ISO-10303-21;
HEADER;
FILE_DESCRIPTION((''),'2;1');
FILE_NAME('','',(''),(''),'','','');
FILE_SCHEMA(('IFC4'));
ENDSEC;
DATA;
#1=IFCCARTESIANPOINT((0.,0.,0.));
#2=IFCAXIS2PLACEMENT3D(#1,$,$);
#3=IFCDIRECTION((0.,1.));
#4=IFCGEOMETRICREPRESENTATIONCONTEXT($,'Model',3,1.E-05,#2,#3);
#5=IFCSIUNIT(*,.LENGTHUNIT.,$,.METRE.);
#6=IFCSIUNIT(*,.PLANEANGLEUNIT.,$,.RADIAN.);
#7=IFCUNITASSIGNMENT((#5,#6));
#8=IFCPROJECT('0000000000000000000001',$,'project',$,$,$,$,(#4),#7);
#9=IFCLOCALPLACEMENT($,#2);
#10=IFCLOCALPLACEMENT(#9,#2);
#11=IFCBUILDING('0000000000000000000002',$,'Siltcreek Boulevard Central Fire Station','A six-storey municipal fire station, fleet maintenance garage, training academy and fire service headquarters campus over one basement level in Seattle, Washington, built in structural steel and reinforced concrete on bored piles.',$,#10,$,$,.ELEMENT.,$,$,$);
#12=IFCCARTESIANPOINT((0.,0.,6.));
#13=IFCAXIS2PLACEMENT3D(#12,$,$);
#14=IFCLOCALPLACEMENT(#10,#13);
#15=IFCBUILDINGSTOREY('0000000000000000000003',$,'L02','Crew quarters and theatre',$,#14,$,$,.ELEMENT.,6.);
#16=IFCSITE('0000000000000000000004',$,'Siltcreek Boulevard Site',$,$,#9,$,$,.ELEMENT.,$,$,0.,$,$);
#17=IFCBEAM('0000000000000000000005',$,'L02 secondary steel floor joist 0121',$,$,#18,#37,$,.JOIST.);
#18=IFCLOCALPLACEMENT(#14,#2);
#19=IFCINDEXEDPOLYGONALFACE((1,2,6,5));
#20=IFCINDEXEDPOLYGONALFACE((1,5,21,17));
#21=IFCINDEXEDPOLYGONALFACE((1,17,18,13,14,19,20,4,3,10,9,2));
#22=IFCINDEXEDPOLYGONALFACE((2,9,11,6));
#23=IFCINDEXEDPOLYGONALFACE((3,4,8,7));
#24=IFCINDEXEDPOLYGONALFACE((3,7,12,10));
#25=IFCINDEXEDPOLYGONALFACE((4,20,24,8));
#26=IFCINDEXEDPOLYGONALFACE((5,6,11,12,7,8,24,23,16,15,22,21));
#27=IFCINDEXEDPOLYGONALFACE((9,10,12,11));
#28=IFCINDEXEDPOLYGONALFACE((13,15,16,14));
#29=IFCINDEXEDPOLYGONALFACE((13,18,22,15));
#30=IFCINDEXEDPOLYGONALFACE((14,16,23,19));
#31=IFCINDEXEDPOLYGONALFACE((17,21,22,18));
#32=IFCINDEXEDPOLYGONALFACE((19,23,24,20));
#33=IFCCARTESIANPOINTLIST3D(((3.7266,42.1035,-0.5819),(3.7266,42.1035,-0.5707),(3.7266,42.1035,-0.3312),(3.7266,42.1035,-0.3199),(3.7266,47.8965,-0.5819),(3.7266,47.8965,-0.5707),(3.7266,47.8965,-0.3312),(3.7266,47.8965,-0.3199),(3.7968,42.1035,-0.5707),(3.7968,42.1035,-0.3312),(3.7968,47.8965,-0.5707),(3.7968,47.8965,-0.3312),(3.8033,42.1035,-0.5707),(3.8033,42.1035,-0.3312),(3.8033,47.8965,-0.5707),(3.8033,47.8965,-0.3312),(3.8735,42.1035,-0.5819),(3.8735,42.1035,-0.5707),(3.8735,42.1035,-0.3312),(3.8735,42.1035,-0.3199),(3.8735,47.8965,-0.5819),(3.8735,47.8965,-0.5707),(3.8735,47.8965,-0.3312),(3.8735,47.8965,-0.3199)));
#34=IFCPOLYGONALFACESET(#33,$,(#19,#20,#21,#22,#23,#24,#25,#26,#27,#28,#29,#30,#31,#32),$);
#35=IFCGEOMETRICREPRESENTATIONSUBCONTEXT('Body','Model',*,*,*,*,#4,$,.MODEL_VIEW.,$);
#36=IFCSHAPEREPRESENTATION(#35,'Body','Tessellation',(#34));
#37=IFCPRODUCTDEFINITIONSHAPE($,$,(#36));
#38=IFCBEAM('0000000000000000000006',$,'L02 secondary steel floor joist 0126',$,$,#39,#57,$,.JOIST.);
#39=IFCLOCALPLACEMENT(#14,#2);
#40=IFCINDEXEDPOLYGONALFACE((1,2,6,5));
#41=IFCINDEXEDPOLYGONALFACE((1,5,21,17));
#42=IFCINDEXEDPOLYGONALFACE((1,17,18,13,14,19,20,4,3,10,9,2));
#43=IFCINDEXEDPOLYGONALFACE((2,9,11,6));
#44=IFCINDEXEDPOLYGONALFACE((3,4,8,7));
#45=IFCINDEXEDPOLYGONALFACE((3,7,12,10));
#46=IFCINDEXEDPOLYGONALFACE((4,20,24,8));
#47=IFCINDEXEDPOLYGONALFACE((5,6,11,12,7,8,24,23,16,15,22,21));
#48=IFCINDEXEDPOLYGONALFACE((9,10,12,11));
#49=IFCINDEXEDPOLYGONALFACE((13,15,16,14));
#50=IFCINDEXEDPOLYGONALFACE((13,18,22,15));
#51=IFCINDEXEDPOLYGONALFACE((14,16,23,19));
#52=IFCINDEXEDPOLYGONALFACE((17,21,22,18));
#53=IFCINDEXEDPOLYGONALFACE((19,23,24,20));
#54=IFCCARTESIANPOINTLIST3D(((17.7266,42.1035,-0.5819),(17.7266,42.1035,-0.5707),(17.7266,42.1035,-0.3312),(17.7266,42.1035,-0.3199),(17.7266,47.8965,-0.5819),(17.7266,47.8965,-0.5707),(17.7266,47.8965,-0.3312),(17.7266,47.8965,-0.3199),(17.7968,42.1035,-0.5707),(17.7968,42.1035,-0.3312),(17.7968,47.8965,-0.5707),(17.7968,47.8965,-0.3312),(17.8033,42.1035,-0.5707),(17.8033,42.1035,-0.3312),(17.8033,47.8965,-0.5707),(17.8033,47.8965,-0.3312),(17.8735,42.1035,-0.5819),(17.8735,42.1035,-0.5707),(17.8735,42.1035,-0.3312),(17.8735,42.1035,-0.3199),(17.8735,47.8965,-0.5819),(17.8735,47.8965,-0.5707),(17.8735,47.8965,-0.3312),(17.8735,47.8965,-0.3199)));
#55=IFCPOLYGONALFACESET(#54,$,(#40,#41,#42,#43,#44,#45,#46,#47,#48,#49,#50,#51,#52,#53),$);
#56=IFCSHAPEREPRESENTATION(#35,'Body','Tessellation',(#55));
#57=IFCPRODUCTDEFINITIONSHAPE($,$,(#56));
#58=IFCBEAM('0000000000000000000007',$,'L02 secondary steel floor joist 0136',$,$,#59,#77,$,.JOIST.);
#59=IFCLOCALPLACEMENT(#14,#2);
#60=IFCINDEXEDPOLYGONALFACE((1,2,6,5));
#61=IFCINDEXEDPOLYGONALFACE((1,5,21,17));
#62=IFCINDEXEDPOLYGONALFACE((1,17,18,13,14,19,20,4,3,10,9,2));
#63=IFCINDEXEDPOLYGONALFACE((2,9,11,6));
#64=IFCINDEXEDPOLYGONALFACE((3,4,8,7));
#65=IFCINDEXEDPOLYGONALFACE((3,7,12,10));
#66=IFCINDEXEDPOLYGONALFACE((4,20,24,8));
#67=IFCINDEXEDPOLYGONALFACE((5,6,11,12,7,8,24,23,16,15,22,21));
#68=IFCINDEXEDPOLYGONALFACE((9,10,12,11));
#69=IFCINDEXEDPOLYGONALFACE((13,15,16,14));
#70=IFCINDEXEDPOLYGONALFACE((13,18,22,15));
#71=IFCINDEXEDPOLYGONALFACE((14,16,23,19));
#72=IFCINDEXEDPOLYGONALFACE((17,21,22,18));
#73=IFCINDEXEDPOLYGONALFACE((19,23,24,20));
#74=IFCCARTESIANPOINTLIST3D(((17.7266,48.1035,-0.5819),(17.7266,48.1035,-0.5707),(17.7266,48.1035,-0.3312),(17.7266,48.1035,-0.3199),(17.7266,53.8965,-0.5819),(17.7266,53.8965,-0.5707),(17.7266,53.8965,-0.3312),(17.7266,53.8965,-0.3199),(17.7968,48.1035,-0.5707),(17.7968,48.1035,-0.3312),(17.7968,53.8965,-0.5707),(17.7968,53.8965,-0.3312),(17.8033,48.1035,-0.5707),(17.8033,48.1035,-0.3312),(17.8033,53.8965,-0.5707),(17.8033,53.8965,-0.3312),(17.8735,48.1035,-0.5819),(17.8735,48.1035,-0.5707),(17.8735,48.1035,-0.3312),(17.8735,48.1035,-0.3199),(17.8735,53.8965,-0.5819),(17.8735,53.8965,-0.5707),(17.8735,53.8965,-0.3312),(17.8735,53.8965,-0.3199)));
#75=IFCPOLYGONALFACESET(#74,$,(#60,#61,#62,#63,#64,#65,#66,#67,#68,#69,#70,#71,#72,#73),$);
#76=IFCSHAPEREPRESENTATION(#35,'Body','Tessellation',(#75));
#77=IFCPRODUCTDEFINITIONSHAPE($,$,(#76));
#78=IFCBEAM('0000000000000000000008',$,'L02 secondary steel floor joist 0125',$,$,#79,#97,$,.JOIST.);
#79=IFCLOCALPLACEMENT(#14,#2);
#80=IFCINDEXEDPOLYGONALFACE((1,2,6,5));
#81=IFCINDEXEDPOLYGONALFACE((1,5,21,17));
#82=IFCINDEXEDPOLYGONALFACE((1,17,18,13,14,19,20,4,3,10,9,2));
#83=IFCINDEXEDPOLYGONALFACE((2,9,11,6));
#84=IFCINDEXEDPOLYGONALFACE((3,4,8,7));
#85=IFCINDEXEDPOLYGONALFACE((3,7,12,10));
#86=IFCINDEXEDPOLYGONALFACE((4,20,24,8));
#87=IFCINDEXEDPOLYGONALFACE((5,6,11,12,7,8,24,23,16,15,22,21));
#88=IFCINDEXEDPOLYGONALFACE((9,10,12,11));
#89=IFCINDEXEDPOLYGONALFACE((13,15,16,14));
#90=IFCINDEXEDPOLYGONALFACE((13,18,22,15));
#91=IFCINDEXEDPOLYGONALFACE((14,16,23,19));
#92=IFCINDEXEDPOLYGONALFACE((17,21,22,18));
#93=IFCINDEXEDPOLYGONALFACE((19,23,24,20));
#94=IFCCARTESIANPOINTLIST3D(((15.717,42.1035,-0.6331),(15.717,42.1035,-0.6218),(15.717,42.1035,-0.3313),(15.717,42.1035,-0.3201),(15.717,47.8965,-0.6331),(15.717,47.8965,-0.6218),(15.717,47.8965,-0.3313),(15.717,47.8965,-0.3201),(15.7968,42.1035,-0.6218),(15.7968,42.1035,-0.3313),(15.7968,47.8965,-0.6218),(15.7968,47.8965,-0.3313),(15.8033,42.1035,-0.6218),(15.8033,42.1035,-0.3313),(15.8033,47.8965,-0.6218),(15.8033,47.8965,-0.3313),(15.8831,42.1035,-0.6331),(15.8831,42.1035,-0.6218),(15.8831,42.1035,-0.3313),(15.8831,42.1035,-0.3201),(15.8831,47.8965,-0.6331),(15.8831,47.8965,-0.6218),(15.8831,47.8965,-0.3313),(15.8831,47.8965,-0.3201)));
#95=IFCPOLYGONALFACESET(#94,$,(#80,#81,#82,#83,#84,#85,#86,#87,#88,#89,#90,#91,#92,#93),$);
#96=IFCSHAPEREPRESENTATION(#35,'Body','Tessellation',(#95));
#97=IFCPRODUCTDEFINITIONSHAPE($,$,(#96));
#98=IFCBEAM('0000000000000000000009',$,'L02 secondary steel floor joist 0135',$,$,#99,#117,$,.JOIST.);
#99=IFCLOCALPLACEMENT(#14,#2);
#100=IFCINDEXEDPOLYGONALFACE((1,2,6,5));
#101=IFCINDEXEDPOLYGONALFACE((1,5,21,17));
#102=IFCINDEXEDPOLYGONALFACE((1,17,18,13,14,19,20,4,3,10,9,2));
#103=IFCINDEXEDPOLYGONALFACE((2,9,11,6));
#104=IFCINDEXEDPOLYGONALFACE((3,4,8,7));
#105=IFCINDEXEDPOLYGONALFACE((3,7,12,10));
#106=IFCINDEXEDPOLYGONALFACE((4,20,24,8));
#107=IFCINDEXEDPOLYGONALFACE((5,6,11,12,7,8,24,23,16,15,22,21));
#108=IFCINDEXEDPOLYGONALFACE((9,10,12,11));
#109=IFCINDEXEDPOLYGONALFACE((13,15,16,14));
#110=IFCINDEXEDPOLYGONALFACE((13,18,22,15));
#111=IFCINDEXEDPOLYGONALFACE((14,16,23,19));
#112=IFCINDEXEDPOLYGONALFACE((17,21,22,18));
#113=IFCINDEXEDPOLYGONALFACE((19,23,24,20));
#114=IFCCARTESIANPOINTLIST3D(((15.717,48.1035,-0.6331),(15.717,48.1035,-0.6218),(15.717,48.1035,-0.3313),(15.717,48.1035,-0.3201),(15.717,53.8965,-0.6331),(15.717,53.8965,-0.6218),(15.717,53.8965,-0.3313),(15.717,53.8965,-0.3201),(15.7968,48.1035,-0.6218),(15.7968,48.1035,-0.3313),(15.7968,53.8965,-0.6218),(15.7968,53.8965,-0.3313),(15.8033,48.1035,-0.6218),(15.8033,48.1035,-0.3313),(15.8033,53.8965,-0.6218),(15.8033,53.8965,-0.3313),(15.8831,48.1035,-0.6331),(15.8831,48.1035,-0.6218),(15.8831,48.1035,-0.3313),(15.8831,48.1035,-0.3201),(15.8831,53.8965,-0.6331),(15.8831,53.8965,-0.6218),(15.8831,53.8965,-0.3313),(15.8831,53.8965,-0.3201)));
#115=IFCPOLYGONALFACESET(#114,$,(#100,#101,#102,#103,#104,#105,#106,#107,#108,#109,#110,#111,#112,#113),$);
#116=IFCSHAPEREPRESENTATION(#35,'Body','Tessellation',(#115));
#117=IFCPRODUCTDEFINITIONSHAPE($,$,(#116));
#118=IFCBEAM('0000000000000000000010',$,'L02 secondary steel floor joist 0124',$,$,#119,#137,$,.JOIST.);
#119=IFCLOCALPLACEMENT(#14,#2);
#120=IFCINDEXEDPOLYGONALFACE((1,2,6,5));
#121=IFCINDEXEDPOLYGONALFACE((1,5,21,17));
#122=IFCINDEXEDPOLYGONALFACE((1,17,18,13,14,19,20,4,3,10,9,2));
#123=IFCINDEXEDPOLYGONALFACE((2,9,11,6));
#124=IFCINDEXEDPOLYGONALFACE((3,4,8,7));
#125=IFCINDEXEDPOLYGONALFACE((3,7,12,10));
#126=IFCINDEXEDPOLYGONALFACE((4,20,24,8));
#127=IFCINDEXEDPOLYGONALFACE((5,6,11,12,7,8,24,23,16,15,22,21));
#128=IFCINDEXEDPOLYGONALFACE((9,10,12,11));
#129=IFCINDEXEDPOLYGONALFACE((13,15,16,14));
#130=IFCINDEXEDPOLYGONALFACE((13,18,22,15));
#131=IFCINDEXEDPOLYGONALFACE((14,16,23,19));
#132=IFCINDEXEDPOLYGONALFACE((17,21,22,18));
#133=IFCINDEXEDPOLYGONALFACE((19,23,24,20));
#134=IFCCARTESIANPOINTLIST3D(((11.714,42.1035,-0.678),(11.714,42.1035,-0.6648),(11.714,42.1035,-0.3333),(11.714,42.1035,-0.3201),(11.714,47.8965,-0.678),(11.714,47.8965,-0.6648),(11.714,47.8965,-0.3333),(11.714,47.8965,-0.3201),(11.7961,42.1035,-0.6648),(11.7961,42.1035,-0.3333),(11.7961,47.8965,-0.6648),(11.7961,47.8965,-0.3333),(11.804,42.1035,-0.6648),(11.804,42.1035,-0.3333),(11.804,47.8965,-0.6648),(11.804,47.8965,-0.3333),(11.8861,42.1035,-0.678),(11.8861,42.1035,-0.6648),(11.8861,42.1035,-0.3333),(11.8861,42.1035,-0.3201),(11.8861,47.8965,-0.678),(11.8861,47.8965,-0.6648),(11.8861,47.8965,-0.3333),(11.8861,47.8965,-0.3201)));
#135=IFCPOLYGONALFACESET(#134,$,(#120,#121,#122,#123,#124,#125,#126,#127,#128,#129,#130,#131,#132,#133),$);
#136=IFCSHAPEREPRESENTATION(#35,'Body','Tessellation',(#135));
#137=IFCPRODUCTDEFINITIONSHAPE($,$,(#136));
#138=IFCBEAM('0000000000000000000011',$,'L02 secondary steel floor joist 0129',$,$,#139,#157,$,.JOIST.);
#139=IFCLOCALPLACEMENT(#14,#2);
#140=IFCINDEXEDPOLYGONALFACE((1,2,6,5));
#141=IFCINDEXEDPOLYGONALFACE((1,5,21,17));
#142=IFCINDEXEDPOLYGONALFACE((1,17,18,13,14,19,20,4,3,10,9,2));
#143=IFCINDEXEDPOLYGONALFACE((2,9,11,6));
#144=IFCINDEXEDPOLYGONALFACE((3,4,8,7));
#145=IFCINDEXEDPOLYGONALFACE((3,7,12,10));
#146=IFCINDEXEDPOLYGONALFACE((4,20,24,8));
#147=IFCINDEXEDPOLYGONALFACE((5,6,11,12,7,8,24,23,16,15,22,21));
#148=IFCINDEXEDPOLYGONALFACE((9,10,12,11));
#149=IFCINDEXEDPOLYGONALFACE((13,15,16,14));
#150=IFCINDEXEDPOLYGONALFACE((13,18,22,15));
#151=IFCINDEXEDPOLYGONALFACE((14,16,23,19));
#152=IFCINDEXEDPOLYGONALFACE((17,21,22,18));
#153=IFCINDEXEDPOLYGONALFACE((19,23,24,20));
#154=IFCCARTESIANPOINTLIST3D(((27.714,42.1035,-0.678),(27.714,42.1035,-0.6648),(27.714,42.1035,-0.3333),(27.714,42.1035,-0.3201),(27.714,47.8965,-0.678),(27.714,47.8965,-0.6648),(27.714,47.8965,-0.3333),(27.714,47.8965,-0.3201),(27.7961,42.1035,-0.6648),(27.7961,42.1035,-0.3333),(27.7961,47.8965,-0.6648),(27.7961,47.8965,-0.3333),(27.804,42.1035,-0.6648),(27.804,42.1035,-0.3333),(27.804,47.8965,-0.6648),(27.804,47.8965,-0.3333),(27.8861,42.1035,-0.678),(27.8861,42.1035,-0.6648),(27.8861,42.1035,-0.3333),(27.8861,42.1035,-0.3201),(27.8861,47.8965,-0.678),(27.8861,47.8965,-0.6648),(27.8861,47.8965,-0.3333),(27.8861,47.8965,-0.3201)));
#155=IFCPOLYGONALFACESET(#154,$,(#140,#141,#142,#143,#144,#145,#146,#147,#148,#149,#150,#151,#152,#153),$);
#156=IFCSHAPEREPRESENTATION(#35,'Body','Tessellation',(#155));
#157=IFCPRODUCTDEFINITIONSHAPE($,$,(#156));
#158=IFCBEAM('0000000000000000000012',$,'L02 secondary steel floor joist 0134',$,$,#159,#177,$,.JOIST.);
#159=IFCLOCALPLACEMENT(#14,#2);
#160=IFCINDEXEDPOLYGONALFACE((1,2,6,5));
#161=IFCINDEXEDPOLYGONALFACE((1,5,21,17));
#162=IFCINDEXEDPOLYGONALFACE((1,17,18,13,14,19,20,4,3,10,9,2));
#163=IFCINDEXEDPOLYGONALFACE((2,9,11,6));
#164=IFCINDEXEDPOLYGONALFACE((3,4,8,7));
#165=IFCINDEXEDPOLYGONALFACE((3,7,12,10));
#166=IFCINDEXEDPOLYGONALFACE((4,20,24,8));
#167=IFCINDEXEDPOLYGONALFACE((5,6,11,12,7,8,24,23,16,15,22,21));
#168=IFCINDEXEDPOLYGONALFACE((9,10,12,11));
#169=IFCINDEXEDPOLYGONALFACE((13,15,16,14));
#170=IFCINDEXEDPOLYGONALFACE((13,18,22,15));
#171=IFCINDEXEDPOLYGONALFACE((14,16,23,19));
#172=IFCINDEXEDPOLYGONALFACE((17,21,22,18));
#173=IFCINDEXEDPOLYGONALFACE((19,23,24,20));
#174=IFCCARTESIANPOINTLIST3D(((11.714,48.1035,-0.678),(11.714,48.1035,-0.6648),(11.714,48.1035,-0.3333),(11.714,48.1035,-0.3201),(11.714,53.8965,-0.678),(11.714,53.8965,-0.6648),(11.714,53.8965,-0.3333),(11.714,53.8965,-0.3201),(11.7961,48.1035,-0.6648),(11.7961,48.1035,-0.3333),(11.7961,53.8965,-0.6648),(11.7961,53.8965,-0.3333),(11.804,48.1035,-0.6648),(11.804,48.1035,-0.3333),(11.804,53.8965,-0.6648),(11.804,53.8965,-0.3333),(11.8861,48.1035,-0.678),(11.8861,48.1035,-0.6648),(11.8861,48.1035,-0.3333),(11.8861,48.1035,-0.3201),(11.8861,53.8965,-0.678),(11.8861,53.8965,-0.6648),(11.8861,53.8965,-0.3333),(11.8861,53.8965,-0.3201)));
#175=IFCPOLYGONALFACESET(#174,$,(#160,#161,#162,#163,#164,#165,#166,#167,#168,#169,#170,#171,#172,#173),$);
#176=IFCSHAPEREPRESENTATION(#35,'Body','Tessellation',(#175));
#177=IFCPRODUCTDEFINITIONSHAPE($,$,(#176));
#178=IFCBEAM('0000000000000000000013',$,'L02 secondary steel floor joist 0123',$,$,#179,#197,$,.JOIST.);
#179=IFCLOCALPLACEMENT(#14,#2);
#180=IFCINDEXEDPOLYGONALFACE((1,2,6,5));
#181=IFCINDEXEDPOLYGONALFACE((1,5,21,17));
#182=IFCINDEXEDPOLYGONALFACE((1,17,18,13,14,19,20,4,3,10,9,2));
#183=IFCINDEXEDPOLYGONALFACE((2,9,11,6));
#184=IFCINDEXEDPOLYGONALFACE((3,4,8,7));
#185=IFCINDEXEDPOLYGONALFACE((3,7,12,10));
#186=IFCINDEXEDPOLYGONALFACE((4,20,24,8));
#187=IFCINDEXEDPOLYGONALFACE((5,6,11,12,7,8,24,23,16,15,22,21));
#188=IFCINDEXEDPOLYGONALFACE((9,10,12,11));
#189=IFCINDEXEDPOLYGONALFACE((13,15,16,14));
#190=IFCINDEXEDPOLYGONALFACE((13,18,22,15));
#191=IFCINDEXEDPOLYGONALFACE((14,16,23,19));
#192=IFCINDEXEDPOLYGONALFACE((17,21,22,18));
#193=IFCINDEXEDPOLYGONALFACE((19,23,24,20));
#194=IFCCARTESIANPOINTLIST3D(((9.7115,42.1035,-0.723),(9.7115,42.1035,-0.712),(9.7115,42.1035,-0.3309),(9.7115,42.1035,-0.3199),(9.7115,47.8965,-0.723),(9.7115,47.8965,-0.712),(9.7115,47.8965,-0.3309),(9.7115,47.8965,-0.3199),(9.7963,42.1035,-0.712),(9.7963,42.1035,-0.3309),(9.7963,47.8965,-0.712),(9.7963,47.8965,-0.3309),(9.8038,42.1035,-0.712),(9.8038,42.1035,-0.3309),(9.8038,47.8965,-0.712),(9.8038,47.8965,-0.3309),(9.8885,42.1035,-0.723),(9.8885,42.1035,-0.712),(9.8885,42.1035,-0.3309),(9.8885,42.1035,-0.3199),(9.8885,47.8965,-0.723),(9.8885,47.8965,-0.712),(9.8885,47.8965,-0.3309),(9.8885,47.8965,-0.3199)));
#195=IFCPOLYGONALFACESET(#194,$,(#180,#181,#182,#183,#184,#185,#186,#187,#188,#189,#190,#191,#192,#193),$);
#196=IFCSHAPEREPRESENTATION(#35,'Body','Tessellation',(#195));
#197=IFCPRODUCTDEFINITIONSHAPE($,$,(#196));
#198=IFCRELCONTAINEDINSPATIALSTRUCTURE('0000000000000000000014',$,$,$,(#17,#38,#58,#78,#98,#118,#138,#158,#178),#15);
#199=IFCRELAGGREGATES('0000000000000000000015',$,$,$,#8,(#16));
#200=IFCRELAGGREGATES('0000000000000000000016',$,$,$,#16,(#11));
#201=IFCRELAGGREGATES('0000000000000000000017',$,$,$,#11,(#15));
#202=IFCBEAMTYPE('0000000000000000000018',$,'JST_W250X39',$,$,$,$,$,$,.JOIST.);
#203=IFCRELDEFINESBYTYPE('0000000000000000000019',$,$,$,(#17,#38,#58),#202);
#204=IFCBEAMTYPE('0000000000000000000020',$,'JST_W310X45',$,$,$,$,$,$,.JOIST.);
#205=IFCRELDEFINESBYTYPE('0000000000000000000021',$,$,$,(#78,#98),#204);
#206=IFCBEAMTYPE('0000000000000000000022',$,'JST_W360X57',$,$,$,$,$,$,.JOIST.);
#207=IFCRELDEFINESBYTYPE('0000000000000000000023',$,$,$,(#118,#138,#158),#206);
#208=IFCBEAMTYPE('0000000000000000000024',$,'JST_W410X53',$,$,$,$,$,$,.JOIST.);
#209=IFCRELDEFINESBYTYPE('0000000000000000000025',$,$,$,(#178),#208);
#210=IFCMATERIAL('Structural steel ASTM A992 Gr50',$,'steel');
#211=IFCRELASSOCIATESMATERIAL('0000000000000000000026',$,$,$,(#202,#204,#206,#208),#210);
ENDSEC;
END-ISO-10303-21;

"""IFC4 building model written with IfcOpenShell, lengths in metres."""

from ifc_helpers import new_model, si_unit, direction, frame, origin, origin_2d, place, context, subcontext, project, spatial, i_section, extrude, material, material_profile, profile_set, type_object, element, save


model = new_model("IFC4")

# Units and contexts
model_context = context("Model", 3, precision=1e-05, world=origin(), true_north=direction((0.0, 1.0)))
body_context = subcontext(model_context, "Body", "Model", "MODEL_VIEW")
ifc_project = project(units=[si_unit("LENGTHUNIT", "METRE"), si_unit("PLANEANGLEUNIT", "RADIAN")], contexts=[model_context])

# Site, building, storey
site_placement = place(None, origin())
site = spatial("IfcSite", under=ifc_project, at=site_placement, Name="Siltcreek Boulevard Site", CompositionType="ELEMENT", RefElevation=0.0)
building_placement = place(site_placement, origin())
building = spatial("IfcBuilding", under=site, at=building_placement, Name="Siltcreek Boulevard Central Fire Station", Description="A six-storey municipal fire station, fleet maintenance garage, training academy and fire service headquarters campus over one basement level in Seattle, Washington, built in structural steel and reinforced concrete on bored piles.", CompositionType="ELEMENT")
storey_placement = place(building_placement, frame((0.0, 0.0, 6.0)))
storey = spatial("IfcBuildingStorey", under=building, at=storey_placement, Name="L02", Description="Crew quarters and theatre", CompositionType="ELEMENT", Elevation=6.0)

# Shared definitions
ifc_material_1 = material(Name="Structural steel ASTM A992 Gr50", Category="steel")

# Beams
ifc_material_profile_1 = material_profile(ifc_material_1, i_section(OverallWidth=0.147, OverallDepth=0.262, WebThickness=0.0066, FlangeThickness=0.0112, at=origin_2d()), Name="W250X39")
ifc_profile_set_1 = profile_set([ifc_material_profile_1], Name="Structural steel ASTM A992 Gr50")
beam_type_1 = type_object("IfcBeamType", Name="JST_W250X39", PredefinedType="JOIST", material=ifc_profile_set_1)
for number, where, z_axis, x_axis, name in (
    (1, (3.8, 42.1035, -0.4509), (0.0, 1.0, 0.0), (-1.0, 0.0, 0.0), "L02 secondary steel floor joist 0121"),
    (2, (17.8, 42.1035, -0.4509), (0.0, 1.0, 0.0), (-1.0, 0.0, 0.0), "L02 secondary steel floor joist 0126"),
    (3, (17.8, 48.1035, -0.4509), (0.0, 1.0, 0.0), (-1.0, 0.0, 0.0), "L02 secondary steel floor joist 0136"),
):
    element("IfcBeam", number, at=place(storey_placement, frame(where, z_axis=z_axis, x_axis=x_axis)), inside=storey, type_object=beam_type_1, Name=name, PredefinedType="JOIST", context=body_context, shape_type="SweptSolid", body=[
        extrude(i_section(OverallWidth=0.147, OverallDepth=0.262, WebThickness=0.0066, FlangeThickness=0.0112, at=origin_2d()), origin(), (0.0, 0.0, 1.0), 5.793),
    ])
ifc_material_profile_2 = material_profile(ifc_material_1, i_section(OverallWidth=0.166, OverallDepth=0.313, WebThickness=0.0066, FlangeThickness=0.0112, at=origin_2d()), Name="W310X45")
ifc_profile_set_2 = profile_set([ifc_material_profile_2], Name="Structural steel ASTM A992 Gr50")
beam_type_2 = type_object("IfcBeamType", Name="JST_W310X45", PredefinedType="JOIST", material=ifc_profile_set_2)
for number, where, z_axis, x_axis, name in (
    (4, (15.8, 42.1035, -0.4766), (0.0, 1.0, 0.0), (-1.0, 0.0, 0.0), "L02 secondary steel floor joist 0125"),
    (5, (15.8, 48.1035, -0.4766), (0.0, 1.0, 0.0), (-1.0, 0.0, 0.0), "L02 secondary steel floor joist 0135"),
):
    element("IfcBeam", number, at=place(storey_placement, frame(where, z_axis=z_axis, x_axis=x_axis)), inside=storey, type_object=beam_type_2, Name=name, PredefinedType="JOIST", context=body_context, shape_type="SweptSolid", body=[
        extrude(i_section(OverallWidth=0.166, OverallDepth=0.313, WebThickness=0.0066, FlangeThickness=0.0112, at=origin_2d()), origin(), (0.0, 0.0, 1.0), 5.793),
    ])
ifc_material_profile_3 = material_profile(ifc_material_1, i_section(OverallWidth=0.1721, OverallDepth=0.3579, WebThickness=0.0078, FlangeThickness=0.0132, at=origin_2d()), Name="W360X57")
ifc_profile_set_3 = profile_set([ifc_material_profile_3], Name="Structural steel ASTM A992 Gr50")
beam_type_3 = type_object("IfcBeamType", Name="JST_W360X57", PredefinedType="JOIST", material=ifc_profile_set_3)
for number, where, z_axis, x_axis, name in (
    (6, (11.8, 42.1035, -0.499), (0.0, 1.0, 0.0), (-1.0, 0.0, 0.0), "L02 secondary steel floor joist 0124"),
    (7, (27.8, 42.1035, -0.499), (0.0, 1.0, 0.0), (-1.0, 0.0, 0.0), "L02 secondary steel floor joist 0129"),
    (8, (11.8, 48.1035, -0.499), (0.0, 1.0, 0.0), (-1.0, 0.0, 0.0), "L02 secondary steel floor joist 0134"),
):
    element("IfcBeam", number, at=place(storey_placement, frame(where, z_axis=z_axis, x_axis=x_axis)), inside=storey, type_object=beam_type_3, Name=name, PredefinedType="JOIST", context=body_context, shape_type="SweptSolid", body=[
        extrude(i_section(OverallWidth=0.1721, OverallDepth=0.3579, WebThickness=0.0078, FlangeThickness=0.0132, at=origin_2d()), origin(), (0.0, 0.0, 1.0), 5.793),
    ])
ifc_material_profile_4 = material_profile(ifc_material_1, i_section(OverallWidth=0.177, OverallDepth=0.4031, WebThickness=0.0076, FlangeThickness=0.011, at=origin_2d()), Name="W410X53")
ifc_profile_set_4 = profile_set([ifc_material_profile_4], Name="Structural steel ASTM A992 Gr50")
beam_type_4 = type_object("IfcBeamType", Name="JST_W410X53", PredefinedType="JOIST", material=ifc_profile_set_4)
for number, where, z_axis, x_axis, name in (
    (9, (9.8, 42.1035, -0.5215), (0.0, 1.0, 0.0), (-1.0, 0.0, 0.0), "L02 secondary steel floor joist 0123"),
):
    element("IfcBeam", number, at=place(storey_placement, frame(where, z_axis=z_axis, x_axis=x_axis)), inside=storey, type_object=beam_type_4, Name=name, PredefinedType="JOIST", context=body_context, shape_type="SweptSolid", body=[
        extrude(i_section(OverallWidth=0.177, OverallDepth=0.4031, WebThickness=0.0076, FlangeThickness=0.011, at=origin_2d()), origin(), (0.0, 0.0, 1.0), 5.793),
    ])

save(model, "model.ifc")
